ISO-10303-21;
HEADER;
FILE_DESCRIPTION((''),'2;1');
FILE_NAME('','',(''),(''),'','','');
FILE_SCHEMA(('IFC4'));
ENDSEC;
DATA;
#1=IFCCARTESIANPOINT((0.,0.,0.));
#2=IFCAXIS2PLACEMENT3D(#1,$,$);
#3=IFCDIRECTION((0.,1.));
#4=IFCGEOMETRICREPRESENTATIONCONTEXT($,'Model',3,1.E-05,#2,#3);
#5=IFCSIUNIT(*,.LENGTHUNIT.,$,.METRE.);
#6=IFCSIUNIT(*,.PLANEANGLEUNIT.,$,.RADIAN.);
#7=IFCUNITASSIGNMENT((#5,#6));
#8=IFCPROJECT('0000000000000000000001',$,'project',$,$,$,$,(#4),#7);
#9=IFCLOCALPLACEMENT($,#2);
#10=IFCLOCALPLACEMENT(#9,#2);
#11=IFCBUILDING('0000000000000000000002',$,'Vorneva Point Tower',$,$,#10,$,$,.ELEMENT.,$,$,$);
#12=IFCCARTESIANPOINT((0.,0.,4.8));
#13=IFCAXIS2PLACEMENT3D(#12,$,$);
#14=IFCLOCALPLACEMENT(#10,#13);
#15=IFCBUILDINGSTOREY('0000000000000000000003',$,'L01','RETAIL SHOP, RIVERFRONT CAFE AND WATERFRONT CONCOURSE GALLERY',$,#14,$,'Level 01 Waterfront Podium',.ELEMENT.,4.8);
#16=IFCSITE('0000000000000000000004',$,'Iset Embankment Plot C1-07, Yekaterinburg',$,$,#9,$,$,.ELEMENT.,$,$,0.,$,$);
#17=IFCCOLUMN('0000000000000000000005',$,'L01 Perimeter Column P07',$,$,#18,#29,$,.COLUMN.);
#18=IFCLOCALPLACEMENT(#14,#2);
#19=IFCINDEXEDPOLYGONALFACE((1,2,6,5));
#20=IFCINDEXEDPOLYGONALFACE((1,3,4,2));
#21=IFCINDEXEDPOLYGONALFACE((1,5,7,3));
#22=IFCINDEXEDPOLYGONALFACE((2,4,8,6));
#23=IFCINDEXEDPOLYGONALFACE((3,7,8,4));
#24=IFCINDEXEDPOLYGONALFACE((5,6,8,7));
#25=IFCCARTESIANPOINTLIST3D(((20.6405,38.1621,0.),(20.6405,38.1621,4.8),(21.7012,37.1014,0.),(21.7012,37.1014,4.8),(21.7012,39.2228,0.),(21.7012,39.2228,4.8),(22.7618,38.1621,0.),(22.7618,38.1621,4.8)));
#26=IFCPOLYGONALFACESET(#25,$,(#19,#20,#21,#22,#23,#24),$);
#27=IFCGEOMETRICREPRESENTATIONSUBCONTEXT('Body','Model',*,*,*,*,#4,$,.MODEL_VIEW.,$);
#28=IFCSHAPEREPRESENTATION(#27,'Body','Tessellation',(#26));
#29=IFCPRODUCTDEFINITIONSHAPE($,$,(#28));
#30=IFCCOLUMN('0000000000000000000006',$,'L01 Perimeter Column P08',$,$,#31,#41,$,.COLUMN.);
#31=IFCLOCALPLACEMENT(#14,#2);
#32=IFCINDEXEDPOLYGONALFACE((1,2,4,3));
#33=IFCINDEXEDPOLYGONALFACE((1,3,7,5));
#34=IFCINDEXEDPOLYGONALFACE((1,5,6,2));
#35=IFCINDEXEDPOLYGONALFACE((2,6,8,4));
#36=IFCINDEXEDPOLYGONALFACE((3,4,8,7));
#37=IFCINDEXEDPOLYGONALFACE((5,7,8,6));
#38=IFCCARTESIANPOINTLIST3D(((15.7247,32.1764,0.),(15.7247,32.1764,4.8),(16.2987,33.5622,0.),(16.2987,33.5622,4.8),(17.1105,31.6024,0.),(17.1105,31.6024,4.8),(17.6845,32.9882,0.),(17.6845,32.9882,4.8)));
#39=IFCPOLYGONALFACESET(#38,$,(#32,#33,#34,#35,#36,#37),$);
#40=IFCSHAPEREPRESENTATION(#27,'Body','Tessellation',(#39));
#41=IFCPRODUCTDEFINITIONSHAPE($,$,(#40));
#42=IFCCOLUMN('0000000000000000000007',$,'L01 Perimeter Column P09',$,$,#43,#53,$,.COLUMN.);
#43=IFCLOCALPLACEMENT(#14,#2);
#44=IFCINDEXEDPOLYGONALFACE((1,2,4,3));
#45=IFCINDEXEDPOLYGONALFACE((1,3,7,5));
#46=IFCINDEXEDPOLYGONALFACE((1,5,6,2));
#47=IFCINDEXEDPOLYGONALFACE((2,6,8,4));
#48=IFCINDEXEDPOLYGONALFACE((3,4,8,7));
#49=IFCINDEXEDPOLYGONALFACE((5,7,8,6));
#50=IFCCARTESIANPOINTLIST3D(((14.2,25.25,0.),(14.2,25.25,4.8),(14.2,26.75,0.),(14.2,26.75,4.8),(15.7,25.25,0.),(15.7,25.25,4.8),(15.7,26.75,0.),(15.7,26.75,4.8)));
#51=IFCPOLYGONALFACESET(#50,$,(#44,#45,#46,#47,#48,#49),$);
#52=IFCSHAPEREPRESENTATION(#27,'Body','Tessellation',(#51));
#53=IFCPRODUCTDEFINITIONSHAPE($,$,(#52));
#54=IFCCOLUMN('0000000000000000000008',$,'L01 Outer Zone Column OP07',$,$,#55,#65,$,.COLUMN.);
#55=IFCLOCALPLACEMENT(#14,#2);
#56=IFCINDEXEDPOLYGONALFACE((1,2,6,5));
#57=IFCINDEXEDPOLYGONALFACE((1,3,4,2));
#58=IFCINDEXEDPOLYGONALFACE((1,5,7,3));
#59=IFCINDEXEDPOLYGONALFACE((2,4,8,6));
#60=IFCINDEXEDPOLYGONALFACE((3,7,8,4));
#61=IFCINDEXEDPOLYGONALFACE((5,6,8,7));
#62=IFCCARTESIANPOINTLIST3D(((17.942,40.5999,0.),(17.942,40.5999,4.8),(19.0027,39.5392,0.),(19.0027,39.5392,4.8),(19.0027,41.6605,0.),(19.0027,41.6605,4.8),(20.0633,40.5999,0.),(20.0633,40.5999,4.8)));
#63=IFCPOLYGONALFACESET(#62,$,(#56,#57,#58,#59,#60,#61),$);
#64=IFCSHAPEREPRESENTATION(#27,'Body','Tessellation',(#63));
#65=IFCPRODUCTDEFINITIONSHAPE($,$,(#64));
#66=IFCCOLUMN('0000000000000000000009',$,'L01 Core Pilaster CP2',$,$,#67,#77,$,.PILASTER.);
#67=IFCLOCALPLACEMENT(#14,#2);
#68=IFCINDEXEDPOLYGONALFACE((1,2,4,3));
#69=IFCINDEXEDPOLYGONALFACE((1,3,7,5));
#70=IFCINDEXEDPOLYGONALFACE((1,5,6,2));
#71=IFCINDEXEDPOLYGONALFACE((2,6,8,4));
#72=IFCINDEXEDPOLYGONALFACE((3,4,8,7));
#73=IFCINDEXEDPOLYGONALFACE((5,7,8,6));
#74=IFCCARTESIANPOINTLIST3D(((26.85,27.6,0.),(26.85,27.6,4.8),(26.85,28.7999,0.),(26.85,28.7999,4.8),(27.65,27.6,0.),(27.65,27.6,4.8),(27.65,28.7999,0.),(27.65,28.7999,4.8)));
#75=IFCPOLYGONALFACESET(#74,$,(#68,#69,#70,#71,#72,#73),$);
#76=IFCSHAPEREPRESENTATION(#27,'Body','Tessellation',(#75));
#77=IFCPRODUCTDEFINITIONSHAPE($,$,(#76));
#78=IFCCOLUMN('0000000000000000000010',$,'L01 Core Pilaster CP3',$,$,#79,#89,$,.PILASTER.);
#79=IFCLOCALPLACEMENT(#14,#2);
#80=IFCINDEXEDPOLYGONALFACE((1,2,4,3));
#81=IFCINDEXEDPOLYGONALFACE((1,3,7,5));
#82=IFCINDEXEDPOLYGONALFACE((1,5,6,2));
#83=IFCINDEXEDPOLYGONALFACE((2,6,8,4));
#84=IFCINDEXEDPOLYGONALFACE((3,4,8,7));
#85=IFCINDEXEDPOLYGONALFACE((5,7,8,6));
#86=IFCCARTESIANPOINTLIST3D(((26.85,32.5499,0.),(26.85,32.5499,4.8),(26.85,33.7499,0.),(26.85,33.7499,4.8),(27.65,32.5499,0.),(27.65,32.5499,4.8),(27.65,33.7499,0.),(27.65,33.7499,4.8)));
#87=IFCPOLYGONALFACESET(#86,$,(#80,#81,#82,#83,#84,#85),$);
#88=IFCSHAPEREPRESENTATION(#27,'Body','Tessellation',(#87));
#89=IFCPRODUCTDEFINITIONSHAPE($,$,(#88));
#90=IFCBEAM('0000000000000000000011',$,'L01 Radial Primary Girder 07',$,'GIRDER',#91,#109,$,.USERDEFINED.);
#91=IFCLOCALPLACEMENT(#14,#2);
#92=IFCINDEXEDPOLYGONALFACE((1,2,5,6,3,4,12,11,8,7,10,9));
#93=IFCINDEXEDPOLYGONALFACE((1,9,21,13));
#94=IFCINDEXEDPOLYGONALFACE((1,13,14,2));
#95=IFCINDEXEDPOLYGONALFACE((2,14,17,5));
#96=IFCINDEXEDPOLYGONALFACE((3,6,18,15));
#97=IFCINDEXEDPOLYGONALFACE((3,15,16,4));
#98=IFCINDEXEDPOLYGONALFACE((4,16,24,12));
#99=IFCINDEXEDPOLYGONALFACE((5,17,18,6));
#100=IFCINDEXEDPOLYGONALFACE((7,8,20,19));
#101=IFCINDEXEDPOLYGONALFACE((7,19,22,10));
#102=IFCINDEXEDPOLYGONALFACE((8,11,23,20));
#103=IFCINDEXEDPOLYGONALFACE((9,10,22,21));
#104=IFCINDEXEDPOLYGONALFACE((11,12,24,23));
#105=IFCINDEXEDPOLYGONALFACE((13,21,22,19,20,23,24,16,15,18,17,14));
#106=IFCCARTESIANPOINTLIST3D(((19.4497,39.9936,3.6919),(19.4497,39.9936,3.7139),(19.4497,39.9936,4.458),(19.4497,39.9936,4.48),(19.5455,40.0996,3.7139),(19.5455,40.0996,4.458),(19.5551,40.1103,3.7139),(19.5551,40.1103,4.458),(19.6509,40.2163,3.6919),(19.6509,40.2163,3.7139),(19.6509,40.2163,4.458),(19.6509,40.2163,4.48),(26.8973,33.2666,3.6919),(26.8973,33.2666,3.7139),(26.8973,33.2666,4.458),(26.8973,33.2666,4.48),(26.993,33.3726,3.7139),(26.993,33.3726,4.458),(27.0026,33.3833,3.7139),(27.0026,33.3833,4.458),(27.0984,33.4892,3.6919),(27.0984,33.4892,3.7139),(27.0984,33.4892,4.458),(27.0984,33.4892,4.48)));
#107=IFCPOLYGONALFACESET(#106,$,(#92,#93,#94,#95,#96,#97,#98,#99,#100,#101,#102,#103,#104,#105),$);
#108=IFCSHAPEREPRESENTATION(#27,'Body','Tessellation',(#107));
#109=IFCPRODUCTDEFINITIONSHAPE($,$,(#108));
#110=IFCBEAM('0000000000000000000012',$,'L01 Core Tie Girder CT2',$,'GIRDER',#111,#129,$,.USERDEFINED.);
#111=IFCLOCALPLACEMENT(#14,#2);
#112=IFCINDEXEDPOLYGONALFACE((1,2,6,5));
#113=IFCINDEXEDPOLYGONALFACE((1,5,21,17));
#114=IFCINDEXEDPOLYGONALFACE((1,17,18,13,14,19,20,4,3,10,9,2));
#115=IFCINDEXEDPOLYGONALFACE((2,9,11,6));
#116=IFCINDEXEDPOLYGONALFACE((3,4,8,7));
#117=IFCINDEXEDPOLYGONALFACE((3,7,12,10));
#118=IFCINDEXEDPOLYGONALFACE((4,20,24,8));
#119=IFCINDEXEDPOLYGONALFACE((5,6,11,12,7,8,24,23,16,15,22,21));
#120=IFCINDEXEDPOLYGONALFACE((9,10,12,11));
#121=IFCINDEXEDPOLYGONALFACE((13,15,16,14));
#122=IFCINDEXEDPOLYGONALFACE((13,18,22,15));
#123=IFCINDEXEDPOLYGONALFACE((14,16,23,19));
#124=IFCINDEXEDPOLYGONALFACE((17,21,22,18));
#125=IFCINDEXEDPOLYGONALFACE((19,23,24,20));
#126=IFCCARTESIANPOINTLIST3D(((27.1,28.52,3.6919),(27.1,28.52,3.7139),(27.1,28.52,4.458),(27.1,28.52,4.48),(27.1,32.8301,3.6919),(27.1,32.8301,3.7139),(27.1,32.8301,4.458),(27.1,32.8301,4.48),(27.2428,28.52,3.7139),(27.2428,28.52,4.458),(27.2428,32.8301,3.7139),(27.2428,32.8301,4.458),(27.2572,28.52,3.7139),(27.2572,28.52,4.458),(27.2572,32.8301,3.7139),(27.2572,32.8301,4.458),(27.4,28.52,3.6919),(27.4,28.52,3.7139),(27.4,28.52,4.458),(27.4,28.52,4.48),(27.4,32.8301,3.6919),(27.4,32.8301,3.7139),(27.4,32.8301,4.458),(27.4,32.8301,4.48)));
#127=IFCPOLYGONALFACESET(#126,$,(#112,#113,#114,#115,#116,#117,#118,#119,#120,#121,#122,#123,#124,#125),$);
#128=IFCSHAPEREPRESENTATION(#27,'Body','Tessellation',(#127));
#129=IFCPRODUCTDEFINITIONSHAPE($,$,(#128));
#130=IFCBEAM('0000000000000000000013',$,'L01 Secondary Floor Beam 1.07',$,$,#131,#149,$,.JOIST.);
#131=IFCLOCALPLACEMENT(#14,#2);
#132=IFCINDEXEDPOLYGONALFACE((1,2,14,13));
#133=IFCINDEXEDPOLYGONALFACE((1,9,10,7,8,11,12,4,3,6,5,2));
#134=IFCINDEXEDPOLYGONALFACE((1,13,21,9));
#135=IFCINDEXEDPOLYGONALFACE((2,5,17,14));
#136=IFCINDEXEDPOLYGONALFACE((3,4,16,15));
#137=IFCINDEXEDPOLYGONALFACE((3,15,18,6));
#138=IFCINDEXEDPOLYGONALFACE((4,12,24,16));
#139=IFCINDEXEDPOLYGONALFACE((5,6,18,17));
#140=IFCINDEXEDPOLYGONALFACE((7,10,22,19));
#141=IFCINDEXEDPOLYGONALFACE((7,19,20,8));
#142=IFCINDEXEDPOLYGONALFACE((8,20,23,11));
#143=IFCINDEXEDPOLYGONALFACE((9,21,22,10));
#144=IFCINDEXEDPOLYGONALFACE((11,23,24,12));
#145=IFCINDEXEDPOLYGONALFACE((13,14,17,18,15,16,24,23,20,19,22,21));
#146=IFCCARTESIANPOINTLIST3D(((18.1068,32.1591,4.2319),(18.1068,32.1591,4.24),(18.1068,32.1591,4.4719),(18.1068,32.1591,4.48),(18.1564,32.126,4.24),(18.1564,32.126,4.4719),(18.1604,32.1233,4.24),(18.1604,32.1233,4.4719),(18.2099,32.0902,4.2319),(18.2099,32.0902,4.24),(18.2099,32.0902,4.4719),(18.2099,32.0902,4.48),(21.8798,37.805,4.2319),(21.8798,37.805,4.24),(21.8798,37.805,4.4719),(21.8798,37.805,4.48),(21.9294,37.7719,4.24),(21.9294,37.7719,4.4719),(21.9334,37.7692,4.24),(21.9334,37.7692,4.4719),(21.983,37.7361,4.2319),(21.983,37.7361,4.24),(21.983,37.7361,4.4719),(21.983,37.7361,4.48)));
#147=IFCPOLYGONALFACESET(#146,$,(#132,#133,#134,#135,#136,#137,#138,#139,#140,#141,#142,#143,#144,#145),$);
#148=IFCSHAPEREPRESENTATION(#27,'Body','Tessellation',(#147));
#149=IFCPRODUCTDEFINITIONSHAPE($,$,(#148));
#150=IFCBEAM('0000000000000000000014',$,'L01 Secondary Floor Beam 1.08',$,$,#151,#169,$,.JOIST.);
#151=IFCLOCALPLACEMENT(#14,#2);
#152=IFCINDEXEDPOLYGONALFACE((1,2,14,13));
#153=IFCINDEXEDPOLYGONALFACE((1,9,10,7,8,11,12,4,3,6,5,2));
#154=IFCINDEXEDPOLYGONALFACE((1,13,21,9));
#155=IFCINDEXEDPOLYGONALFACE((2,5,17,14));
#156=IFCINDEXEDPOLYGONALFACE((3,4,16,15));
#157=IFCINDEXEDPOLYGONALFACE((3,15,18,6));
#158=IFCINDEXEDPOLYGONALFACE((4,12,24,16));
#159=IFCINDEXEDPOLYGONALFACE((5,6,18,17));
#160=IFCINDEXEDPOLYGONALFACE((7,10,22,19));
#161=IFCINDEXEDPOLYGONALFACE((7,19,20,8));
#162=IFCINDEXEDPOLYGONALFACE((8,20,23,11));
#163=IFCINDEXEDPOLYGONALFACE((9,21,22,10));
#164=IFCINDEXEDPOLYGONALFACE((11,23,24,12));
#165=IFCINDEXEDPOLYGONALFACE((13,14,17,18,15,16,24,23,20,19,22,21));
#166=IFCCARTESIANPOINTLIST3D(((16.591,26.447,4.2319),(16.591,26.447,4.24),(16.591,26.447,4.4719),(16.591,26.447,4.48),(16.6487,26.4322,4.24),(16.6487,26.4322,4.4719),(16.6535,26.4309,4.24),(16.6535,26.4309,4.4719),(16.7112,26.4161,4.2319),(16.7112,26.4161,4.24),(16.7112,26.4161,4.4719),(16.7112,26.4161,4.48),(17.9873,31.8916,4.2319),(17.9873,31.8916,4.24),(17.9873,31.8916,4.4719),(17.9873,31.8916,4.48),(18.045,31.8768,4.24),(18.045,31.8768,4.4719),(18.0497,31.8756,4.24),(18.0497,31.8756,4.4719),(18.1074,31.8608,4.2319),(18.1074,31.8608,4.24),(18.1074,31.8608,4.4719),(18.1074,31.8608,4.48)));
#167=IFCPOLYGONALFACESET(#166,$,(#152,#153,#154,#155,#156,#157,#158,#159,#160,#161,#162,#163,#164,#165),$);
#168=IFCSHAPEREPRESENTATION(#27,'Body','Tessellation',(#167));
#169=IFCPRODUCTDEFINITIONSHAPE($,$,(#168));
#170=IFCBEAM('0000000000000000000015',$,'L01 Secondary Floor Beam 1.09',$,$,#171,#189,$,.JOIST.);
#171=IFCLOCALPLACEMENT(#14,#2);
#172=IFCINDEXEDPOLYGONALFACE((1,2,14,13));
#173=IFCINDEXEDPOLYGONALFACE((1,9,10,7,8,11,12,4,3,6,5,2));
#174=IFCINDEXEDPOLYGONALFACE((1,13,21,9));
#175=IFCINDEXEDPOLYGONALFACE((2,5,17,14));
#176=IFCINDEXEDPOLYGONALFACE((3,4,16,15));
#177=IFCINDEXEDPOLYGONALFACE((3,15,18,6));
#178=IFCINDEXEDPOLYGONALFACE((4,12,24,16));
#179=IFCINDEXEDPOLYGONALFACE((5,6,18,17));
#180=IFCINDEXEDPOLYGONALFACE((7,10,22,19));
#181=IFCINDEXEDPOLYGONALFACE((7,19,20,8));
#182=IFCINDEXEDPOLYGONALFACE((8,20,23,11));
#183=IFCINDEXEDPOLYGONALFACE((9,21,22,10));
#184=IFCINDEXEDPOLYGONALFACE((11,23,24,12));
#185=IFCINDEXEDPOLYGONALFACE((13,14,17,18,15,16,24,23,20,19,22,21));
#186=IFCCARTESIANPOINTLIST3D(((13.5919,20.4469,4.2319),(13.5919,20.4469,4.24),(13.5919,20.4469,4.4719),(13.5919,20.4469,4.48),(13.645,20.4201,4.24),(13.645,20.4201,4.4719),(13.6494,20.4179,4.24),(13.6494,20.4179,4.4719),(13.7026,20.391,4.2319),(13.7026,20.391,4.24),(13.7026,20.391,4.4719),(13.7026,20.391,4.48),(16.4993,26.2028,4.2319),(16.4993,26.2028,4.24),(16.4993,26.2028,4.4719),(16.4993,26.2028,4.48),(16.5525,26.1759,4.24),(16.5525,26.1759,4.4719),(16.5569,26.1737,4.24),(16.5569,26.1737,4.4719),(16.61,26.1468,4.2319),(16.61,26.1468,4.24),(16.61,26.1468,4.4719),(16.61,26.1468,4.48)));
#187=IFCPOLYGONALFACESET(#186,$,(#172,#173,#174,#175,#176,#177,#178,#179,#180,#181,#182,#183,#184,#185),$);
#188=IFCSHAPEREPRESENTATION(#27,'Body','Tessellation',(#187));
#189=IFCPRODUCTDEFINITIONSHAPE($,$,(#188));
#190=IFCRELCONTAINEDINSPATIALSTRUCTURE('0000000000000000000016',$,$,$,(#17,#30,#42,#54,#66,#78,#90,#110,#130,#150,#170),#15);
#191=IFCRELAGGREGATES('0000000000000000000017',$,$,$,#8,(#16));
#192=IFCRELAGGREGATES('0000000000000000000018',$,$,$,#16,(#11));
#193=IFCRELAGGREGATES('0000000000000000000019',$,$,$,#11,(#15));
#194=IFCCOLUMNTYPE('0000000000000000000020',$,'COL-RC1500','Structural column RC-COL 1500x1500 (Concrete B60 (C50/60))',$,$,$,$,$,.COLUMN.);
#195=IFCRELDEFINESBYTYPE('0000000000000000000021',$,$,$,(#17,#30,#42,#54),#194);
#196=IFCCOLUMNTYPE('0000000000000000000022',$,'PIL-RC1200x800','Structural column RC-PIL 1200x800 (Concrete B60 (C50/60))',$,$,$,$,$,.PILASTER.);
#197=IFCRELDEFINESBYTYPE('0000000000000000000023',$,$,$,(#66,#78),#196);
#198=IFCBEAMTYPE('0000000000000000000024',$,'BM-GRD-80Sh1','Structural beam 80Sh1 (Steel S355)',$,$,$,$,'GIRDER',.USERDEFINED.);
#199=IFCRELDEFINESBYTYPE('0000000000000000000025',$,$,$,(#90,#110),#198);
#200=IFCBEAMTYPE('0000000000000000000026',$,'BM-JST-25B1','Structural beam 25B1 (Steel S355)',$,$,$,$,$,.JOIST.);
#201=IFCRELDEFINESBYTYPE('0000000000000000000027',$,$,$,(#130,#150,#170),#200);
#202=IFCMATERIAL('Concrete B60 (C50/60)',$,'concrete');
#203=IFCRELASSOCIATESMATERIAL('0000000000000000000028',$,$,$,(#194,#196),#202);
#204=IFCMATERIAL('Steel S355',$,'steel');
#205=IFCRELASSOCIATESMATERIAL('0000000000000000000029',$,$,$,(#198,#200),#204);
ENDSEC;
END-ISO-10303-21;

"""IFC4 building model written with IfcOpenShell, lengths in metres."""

from ifc_helpers import new_model, si_unit, direction, frame, origin, origin_2d, place, context, subcontext, project, spatial, rectangle, i_section, extrude, material, material_profile, profile_set, type_object, element, save


model = new_model("IFC4")

# Units and contexts
model_context = context("Model", 3, precision=1e-05, world=origin(), true_north=direction((0.0, 1.0)))
body_context = subcontext(model_context, "Body", "Model", "MODEL_VIEW")
ifc_project = project(units=[si_unit("LENGTHUNIT", "METRE"), si_unit("PLANEANGLEUNIT", "RADIAN")], contexts=[model_context])

# Site, building, storey
site_placement = place(None, origin())
site = spatial("IfcSite", under=ifc_project, at=site_placement, Name="Iset Embankment Plot C1-07, Yekaterinburg", CompositionType="ELEMENT", RefElevation=0.0)
building_placement = place(site_placement, origin())
building = spatial("IfcBuilding", under=site, at=building_placement, Name="Vorneva Point Tower", CompositionType="ELEMENT")
storey_placement = place(building_placement, frame((0.0, 0.0, 4.8)))
storey = spatial("IfcBuildingStorey", under=building, at=storey_placement, Name="L01", Description="RETAIL SHOP, RIVERFRONT CAFE AND WATERFRONT CONCOURSE GALLERY", LongName="Level 01 Waterfront Podium", CompositionType="ELEMENT", Elevation=4.8)

# Columns
ifc_material_1 = material(Name="Concrete B60 (C50/60)", Category="concrete")
ifc_material_profile_1 = material_profile(ifc_material_1, rectangle(XDim=1.5, YDim=1.5, at=origin_2d()), Name="RC-COL 1500x1500")
ifc_profile_set_1 = profile_set([ifc_material_profile_1], Name="Concrete B60 (C50/60)")
column_type_1 = type_object("IfcColumnType", Name="COL-RC1500", Description="Structural column RC-COL 1500x1500 (Concrete B60 (C50/60))", PredefinedType="COLUMN", material=ifc_profile_set_1)
for number, where, z_axis, x_axis, name in (
    (1, (21.7012, 38.1621, 0.0), (0.0, 0.0, 1.0), (-0.707107, 0.707107, 0.0), "L01 Perimeter Column P07"),
    (2, (16.7046, 32.5823, 0.0), (0.0, 0.0, 1.0), (-0.92388, 0.382683, 0.0), "L01 Perimeter Column P08"),
    (3, (14.95, 26.0, 0.0), (0.0, 0.0, 1.0), (-1.0, 0.0, 0.0), "L01 Perimeter Column P09"),
    (4, (19.0027, 40.5999, 0.0), (0.0, 0.0, 1.0), (-0.707107, 0.707107, 0.0), "L01 Outer Zone Column OP07"),
):
    element("IfcColumn", number, at=place(storey_placement, frame(where, z_axis=z_axis, x_axis=x_axis)), inside=storey, type_object=column_type_1, Name=name, PredefinedType="COLUMN", context=body_context, shape_type="SweptSolid", body=[
        extrude(rectangle(XDim=1.5, YDim=1.5, at=origin_2d()), origin(), (0.0, 0.0, 1.0), 4.8),
    ])
ifc_material_profile_2 = material_profile(ifc_material_1, rectangle(XDim=0.8, YDim=1.2, at=origin_2d()), Name="RC-PIL 1200x800")
ifc_profile_set_2 = profile_set([ifc_material_profile_2], Name="Concrete B60 (C50/60)")
column_type_2 = type_object("IfcColumnType", Name="PIL-RC1200x800", Description="Structural column RC-PIL 1200x800 (Concrete B60 (C50/60))", PredefinedType="PILASTER", material=ifc_profile_set_2)
for number, where, z_axis, x_axis, name in (
    (5, (27.25, 28.2, 0.0), (0.0, 0.0, 1.0), (1.0, 0.0, 0.0), "L01 Core Pilaster CP2"),
    (6, (27.25, 33.1499, 0.0), (0.0, 0.0, 1.0), (1.0, 0.0, 0.0), "L01 Core Pilaster CP3"),
):
    element("IfcColumn", number, at=place(storey_placement, frame(where, z_axis=z_axis, x_axis=x_axis)), inside=storey, type_object=column_type_2, Name=name, PredefinedType="PILASTER", context=body_context, shape_type="SweptSolid", body=[
        extrude(rectangle(XDim=0.8, YDim=1.2, at=origin_2d()), origin(), (0.0, 0.0, 1.0), 4.8),
    ])

# Beams
ifc_material_2 = material(Name="Steel S355", Category="steel")
ifc_material_profile_3 = material_profile(ifc_material_2, i_section(OverallWidth=0.3, OverallDepth=0.7881, WebThickness=0.0144, FlangeThickness=0.022, at=origin_2d()), Name="80Sh1")
ifc_profile_set_3 = profile_set([ifc_material_profile_3], Name="Steel S355")
beam_type_1 = type_object("IfcBeamType", Name="BM-GRD-80Sh1", Description="Structural beam 80Sh1 (Steel S355)", ElementType="GIRDER", PredefinedType="USERDEFINED", material=ifc_profile_set_3)
beam_1_placement = place(storey_placement, frame((19.5503, 40.105, 4.0859), z_axis=(0.742089, -0.670301, 0.0), x_axis=(0.670301, 0.742089, 0.0)))
element("IfcBeam", 7, at=beam_1_placement, inside=storey, type_object=beam_type_1, Name="L01 Radial Primary Girder 07", ObjectType="GIRDER", PredefinedType="USERDEFINED", context=body_context, shape_type="SweptSolid", body=[
    extrude(i_section(OverallWidth=0.3, OverallDepth=0.7881, WebThickness=0.0144, FlangeThickness=0.022, at=origin_2d()), origin(), (0.0, 0.0, 1.0), 10.0359),
])
beam_2_placement = place(storey_placement, frame((27.25, 28.52, 4.0859), z_axis=(0.0, 1.0, 0.0), x_axis=(-1.0, 0.0, 0.0)))
element("IfcBeam", 8, at=beam_2_placement, inside=storey, type_object=beam_type_1, Name="L01 Core Tie Girder CT2", ObjectType="GIRDER", PredefinedType="USERDEFINED", context=body_context, shape_type="SweptSolid", body=[
    extrude(i_section(OverallWidth=0.3, OverallDepth=0.7881, WebThickness=0.0144, FlangeThickness=0.022, at=origin_2d()), origin(), (0.0, 0.0, 1.0), 4.3101),
])
ifc_material_profile_4 = material_profile(ifc_material_2, i_section(OverallWidth=0.124, OverallDepth=0.248, WebThickness=0.0049, FlangeThickness=0.0081, at=origin_2d()), Name="25B1")
ifc_profile_set_4 = profile_set([ifc_material_profile_4], Name="Steel S355")
beam_type_2 = type_object("IfcBeamType", Name="BM-JST-25B1", Description="Structural beam 25B1 (Steel S355)", PredefinedType="JOIST", material=ifc_profile_set_4)
beam_3_placement = place(storey_placement, frame((21.9314, 37.7705, 4.356), z_axis=(-0.555629, -0.83143, 0.0), x_axis=(0.83143, -0.555629, 0.0)))
element("IfcBeam", 9, at=beam_3_placement, inside=storey, type_object=beam_type_2, Name="L01 Secondary Floor Beam 1.07", PredefinedType="JOIST", context=body_context, shape_type="SweptSolid", body=[
    extrude(i_section(OverallWidth=0.124, OverallDepth=0.248, WebThickness=0.0049, FlangeThickness=0.0081, at=origin_2d()), origin(), (0.0, 0.0, 1.0), 6.7905),
])
beam_4_placement = place(storey_placement, frame((18.0474, 31.8762, 4.356), z_axis=(-0.248408, -0.968656, 0.0), x_axis=(0.968656, -0.248408, 0.0)))
element("IfcBeam", 10, at=beam_4_placement, inside=storey, type_object=beam_type_2, Name="L01 Secondary Floor Beam 1.08", PredefinedType="JOIST", context=body_context, shape_type="SweptSolid", body=[
    extrude(i_section(OverallWidth=0.124, OverallDepth=0.248, WebThickness=0.0049, FlangeThickness=0.0081, at=origin_2d()), origin(), (0.0, 0.0, 1.0), 5.6208),
])
beam_5_placement = place(storey_placement, frame((16.5547, 26.1748, 4.356), z_axis=(-0.450875, -0.892587, 0.0), x_axis=(0.892587, -0.450875, 0.0)))
element("IfcBeam", 11, at=beam_5_placement, inside=storey, type_object=beam_type_2, Name="L01 Secondary Floor Beam 1.09", PredefinedType="JOIST", context=body_context, shape_type="SweptSolid", body=[
    extrude(i_section(OverallWidth=0.124, OverallDepth=0.248, WebThickness=0.0049, FlangeThickness=0.0081, at=origin_2d()), origin(), (0.0, 0.0, 1.0), 6.4485),
])

save(model, "model.ifc")
